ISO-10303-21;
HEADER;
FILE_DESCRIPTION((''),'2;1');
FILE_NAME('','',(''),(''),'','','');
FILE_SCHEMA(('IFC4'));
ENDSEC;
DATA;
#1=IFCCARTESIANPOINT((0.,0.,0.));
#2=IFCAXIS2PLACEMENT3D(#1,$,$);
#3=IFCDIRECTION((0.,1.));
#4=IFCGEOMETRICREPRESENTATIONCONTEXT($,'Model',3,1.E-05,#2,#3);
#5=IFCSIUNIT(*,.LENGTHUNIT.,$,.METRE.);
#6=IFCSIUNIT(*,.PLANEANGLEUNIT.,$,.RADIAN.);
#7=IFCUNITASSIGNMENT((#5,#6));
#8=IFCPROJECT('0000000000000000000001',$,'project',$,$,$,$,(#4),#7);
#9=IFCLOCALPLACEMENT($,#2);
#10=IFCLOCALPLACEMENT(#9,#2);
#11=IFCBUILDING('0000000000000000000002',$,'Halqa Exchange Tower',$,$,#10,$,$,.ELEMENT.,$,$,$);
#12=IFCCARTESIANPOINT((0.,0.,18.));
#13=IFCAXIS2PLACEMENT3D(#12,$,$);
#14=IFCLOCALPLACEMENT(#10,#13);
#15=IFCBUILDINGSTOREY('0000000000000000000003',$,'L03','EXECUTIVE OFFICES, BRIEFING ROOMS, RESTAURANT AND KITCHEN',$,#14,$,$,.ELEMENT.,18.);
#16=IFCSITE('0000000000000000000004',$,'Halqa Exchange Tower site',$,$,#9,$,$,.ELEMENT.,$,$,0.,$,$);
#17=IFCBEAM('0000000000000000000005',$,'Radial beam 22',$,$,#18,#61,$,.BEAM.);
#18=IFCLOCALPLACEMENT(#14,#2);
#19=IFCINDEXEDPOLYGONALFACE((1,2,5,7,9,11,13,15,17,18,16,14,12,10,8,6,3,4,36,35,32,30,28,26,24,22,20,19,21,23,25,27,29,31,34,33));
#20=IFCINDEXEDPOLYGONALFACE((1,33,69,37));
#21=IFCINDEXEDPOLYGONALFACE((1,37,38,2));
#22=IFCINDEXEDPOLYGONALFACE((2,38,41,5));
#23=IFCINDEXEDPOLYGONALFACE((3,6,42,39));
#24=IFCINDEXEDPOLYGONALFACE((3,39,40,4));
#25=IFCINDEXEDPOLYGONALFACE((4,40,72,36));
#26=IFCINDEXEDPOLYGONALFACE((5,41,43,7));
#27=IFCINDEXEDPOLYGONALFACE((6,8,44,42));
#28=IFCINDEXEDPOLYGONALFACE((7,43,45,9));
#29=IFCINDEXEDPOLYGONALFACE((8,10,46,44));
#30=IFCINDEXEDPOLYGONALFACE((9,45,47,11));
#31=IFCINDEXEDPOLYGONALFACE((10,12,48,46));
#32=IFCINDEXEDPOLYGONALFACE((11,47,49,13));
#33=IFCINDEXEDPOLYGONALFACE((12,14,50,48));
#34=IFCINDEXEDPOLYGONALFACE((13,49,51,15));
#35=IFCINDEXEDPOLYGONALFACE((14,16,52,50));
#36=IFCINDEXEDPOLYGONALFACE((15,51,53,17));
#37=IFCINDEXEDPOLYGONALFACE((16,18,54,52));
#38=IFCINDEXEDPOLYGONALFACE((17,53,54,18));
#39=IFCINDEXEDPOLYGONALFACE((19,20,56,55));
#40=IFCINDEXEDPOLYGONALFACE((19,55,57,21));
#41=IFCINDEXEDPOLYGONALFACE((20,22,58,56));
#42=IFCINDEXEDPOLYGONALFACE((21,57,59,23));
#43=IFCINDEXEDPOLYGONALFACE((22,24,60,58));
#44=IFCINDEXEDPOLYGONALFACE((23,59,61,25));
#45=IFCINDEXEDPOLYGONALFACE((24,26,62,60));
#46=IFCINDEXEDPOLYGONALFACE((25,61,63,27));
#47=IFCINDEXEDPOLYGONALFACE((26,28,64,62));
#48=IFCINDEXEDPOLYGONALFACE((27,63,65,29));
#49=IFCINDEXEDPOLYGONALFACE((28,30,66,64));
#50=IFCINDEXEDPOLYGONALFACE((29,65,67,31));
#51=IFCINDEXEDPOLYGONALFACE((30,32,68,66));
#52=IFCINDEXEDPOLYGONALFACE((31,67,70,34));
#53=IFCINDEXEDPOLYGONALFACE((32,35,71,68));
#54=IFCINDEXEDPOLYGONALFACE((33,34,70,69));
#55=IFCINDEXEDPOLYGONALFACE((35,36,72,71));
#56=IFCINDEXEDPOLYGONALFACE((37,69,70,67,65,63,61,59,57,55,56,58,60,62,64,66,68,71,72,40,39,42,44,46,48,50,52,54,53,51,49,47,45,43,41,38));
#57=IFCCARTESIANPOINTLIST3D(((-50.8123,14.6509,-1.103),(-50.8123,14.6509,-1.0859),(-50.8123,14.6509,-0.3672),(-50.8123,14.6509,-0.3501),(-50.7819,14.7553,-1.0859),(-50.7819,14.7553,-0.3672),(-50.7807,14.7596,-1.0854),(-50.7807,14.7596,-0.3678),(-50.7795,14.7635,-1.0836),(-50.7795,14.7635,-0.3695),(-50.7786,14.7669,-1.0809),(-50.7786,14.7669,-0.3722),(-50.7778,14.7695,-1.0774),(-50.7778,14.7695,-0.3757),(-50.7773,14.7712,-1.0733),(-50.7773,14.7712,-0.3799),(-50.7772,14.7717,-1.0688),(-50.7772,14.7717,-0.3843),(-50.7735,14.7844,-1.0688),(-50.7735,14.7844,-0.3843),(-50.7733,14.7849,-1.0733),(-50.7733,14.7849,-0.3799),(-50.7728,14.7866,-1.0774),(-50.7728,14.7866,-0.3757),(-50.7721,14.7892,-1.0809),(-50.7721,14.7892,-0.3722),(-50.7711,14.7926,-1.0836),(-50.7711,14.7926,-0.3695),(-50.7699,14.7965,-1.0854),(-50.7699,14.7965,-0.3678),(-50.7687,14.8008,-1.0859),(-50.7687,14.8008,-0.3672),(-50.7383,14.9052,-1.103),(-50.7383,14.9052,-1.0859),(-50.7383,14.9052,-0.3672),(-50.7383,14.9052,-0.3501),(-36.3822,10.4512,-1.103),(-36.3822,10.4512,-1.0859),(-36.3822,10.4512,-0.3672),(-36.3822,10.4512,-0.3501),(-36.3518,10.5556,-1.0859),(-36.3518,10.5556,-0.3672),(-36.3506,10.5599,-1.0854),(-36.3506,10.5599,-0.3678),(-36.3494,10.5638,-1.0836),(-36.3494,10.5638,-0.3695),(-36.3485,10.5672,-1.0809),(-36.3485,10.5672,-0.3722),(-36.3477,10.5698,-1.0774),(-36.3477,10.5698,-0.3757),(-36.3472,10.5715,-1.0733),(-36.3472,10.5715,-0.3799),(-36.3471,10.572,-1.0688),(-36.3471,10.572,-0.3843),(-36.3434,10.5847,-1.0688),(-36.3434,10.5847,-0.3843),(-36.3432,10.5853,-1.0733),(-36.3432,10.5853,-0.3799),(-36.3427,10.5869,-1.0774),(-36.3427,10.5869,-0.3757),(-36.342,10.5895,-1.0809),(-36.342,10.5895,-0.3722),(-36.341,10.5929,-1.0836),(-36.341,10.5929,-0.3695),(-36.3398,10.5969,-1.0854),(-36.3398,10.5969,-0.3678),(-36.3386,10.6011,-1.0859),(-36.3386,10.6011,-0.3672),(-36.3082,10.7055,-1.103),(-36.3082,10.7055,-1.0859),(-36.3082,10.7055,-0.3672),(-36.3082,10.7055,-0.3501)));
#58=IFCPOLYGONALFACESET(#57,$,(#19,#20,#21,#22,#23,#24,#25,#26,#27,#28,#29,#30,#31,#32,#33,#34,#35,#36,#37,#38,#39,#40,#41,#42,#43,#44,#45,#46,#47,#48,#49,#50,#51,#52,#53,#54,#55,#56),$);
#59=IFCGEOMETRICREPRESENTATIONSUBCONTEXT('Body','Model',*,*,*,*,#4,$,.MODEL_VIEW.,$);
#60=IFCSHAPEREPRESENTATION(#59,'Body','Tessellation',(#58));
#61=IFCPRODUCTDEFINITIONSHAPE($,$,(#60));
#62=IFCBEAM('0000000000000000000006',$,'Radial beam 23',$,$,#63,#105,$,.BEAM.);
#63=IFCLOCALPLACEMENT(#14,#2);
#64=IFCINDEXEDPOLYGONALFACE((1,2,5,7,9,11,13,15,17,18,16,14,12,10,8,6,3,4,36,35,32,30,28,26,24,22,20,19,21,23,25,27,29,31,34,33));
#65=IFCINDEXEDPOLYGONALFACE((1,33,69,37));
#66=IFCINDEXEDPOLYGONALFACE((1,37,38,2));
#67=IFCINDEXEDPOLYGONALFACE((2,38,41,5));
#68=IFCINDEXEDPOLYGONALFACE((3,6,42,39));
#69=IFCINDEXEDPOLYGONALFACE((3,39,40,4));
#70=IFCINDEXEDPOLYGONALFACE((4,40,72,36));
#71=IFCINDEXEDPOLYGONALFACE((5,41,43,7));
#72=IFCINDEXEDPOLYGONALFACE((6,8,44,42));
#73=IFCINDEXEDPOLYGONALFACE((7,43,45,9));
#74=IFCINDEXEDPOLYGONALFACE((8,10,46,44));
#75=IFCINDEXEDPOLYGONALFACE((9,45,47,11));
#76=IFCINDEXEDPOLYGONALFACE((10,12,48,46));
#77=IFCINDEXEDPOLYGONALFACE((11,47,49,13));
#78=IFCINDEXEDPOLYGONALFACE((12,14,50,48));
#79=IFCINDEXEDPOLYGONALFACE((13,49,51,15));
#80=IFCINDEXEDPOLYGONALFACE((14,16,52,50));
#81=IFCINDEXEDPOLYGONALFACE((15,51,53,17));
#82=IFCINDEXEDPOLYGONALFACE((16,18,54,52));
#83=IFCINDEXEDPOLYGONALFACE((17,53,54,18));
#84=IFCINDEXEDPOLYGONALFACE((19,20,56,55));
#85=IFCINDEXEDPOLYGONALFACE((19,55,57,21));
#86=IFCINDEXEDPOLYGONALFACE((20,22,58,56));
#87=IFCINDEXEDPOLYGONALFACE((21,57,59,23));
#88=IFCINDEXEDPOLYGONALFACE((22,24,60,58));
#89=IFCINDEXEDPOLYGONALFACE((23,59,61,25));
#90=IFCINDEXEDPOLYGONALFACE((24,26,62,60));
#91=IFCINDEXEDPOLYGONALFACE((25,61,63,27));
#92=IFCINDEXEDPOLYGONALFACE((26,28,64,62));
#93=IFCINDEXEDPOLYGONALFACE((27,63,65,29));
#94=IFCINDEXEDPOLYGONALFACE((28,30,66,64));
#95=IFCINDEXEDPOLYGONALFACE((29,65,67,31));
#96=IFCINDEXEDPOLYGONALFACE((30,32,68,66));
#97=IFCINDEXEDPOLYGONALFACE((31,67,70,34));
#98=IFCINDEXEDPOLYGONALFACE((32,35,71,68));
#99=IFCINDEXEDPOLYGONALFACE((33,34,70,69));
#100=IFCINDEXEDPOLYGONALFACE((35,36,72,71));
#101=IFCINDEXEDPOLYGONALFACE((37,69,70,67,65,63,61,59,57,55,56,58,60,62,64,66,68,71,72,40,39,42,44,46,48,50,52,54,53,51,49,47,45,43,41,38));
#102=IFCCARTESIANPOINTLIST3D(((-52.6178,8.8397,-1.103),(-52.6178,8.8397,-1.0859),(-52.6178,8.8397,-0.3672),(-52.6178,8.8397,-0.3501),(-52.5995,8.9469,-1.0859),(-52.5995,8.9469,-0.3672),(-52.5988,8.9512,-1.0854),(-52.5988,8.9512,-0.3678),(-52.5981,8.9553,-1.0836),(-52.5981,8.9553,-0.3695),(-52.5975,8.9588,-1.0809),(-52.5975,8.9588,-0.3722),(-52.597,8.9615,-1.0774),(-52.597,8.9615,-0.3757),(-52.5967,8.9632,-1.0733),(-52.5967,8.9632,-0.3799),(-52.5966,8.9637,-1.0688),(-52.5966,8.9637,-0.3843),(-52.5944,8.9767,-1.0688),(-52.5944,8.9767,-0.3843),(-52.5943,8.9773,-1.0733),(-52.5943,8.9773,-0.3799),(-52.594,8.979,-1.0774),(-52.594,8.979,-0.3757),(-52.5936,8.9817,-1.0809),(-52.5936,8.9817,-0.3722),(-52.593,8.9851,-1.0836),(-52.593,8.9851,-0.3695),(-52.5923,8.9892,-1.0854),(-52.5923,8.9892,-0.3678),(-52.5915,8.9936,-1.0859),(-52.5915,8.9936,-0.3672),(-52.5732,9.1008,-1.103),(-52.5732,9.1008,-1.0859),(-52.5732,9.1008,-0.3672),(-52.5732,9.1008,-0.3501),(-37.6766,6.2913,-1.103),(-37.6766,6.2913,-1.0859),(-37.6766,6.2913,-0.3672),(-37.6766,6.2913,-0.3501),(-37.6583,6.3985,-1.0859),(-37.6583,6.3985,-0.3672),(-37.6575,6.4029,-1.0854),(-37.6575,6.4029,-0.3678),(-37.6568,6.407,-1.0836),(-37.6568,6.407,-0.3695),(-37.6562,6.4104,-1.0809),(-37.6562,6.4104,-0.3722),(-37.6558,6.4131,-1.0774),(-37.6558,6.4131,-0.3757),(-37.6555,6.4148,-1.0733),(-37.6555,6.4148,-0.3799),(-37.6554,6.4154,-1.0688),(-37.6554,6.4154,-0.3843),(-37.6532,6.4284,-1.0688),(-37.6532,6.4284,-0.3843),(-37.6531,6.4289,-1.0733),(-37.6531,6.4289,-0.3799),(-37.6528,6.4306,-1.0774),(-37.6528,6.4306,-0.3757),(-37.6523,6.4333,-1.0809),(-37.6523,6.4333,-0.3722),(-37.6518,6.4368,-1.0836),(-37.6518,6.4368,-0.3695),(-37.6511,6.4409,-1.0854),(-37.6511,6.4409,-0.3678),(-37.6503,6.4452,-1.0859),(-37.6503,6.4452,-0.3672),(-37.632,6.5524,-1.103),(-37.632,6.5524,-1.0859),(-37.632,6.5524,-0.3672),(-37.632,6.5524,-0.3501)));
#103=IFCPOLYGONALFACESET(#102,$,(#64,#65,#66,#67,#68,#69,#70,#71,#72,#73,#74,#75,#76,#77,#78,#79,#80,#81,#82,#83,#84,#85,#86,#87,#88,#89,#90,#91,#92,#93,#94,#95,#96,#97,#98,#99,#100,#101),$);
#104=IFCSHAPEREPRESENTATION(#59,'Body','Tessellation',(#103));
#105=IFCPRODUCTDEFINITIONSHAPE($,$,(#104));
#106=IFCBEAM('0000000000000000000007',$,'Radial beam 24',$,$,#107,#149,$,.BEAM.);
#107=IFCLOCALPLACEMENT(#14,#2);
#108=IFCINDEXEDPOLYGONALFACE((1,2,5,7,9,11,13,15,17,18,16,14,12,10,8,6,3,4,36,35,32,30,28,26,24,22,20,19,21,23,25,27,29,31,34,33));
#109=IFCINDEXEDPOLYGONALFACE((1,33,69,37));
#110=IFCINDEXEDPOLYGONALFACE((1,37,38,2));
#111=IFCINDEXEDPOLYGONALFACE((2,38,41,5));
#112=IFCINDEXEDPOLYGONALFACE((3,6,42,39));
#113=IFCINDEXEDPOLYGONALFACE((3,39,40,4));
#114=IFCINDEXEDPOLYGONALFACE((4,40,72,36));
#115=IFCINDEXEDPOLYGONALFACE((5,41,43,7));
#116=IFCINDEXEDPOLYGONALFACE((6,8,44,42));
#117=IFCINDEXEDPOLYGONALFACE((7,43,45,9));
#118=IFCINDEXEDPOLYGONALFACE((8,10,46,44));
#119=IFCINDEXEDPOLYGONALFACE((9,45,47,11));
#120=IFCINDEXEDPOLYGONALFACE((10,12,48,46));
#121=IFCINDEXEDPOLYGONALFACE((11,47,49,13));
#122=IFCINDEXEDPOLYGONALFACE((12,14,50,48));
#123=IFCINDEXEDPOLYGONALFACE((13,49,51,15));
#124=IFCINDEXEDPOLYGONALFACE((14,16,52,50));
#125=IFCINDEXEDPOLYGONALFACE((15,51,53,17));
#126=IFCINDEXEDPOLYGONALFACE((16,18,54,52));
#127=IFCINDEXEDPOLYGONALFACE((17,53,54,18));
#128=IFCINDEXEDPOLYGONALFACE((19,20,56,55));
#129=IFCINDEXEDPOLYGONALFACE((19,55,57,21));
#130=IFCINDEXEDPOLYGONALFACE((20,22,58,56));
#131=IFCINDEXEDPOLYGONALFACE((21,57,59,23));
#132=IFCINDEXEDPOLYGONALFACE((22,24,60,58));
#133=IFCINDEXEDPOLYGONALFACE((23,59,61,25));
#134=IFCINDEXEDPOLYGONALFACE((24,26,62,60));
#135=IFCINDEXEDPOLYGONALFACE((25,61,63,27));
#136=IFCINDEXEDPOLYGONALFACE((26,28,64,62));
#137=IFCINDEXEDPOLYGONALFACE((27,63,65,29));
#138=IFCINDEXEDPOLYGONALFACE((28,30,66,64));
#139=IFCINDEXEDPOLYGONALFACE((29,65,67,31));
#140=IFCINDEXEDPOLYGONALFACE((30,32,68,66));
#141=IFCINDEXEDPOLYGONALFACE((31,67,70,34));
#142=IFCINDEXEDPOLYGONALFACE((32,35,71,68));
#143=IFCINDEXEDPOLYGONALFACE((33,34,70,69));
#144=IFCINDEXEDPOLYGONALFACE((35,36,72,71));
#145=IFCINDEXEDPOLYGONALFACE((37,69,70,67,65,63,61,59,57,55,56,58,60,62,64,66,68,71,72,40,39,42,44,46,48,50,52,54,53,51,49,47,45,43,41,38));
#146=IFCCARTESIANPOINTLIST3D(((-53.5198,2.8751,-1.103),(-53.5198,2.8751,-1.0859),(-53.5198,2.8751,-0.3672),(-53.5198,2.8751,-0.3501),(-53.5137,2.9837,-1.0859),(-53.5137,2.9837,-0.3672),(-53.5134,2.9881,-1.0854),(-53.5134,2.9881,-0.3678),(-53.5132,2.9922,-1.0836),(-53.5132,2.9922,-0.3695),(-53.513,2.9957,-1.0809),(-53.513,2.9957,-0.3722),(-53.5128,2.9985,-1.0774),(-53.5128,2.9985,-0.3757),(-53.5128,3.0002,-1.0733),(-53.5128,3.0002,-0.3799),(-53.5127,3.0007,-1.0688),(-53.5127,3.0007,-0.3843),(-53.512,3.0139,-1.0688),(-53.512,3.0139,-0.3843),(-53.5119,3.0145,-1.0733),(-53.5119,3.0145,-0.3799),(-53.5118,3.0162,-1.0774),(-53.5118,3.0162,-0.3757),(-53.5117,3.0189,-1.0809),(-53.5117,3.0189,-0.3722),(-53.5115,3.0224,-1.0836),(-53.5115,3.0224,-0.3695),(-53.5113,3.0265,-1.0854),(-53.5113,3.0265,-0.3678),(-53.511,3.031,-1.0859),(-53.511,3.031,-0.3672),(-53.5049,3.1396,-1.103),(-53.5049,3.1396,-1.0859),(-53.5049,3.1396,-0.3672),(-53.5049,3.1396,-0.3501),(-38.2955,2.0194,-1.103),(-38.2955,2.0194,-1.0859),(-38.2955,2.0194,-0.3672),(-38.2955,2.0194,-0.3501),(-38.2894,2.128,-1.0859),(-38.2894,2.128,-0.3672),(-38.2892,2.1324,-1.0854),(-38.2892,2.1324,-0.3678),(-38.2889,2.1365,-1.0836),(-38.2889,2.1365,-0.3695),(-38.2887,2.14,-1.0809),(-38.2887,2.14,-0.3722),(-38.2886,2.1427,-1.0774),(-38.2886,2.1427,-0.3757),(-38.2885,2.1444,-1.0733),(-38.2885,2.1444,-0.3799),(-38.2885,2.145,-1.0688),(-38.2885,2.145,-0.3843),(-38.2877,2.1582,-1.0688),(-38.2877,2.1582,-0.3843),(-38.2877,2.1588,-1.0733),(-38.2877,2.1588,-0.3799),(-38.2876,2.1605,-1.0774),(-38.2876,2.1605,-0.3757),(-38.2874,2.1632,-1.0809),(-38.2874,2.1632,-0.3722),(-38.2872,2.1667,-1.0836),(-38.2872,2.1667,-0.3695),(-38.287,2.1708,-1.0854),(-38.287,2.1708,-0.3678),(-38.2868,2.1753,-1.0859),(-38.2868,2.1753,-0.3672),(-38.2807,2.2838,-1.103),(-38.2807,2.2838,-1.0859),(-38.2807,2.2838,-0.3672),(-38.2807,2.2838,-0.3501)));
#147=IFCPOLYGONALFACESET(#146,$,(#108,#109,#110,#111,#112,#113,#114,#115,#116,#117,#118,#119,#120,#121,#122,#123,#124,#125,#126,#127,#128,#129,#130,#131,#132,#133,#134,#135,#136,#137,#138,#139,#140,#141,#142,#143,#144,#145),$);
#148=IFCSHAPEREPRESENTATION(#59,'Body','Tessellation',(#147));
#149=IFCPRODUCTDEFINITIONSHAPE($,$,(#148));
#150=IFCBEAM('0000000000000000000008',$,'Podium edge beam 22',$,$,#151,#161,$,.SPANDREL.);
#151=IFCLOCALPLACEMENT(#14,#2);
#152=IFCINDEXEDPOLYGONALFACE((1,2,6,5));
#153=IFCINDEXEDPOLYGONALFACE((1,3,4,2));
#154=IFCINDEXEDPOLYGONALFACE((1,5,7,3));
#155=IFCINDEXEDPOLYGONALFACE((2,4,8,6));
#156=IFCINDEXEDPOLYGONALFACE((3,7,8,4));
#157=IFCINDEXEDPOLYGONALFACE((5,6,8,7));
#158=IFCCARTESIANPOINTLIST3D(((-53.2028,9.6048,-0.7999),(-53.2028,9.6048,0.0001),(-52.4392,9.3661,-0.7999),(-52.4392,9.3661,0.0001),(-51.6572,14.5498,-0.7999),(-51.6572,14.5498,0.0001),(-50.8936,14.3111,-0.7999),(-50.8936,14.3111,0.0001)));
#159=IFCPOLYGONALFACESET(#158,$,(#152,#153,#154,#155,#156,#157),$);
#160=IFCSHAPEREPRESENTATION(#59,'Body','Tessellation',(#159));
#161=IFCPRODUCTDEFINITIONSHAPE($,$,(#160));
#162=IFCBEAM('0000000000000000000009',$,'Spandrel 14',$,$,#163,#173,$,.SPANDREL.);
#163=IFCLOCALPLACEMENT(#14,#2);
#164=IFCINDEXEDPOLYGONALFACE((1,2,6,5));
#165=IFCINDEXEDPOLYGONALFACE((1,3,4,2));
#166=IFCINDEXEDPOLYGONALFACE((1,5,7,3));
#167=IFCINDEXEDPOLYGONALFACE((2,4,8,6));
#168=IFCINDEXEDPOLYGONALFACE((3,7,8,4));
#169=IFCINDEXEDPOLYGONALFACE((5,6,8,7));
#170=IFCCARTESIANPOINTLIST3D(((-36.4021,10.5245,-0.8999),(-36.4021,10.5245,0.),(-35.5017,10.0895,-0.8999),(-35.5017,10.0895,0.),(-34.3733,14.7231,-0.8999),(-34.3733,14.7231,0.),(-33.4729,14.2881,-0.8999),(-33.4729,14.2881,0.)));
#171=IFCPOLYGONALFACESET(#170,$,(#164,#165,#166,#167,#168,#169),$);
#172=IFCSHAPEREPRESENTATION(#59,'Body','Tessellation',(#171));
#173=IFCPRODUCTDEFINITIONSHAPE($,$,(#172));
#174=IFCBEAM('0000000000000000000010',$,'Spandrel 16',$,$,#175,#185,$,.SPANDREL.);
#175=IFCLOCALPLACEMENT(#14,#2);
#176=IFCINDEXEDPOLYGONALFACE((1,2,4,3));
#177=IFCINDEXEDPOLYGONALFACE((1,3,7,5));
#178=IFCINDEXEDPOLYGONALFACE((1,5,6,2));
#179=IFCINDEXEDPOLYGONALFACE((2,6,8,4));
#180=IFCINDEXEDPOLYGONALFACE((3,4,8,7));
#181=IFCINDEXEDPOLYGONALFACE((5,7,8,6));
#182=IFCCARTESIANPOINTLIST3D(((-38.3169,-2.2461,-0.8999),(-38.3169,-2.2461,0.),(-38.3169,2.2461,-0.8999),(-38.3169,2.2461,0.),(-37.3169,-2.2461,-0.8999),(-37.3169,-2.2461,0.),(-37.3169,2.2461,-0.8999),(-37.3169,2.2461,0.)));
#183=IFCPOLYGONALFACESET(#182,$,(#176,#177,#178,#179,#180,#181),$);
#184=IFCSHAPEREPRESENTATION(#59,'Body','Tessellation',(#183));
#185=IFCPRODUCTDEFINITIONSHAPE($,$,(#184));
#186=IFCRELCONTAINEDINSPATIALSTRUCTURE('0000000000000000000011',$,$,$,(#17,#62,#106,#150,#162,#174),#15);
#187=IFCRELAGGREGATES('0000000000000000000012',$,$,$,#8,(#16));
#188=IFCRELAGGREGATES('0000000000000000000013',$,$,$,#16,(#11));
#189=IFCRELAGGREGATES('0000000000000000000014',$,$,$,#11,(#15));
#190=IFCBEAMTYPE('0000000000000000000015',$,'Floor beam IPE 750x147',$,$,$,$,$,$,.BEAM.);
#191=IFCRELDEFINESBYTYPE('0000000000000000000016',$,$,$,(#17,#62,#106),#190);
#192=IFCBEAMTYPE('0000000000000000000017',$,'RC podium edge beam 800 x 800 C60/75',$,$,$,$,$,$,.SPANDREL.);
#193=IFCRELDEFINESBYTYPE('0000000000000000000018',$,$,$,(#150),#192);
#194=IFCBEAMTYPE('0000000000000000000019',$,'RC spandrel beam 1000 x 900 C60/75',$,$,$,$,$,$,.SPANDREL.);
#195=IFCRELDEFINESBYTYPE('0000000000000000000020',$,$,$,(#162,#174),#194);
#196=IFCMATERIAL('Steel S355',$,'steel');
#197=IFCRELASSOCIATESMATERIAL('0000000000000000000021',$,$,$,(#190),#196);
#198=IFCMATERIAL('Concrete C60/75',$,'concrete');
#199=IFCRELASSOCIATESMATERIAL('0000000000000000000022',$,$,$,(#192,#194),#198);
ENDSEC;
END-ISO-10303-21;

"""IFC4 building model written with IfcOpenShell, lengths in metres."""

from ifc_helpers import new_model, si_unit, direction, frame, origin, origin_2d, place, context, subcontext, project, spatial, rectangle, i_section, extrude, material, material_profile, profile_set, type_object, element, save


model = new_model("IFC4")

# Units and contexts
model_context = context("Model", 3, precision=1e-05, world=origin(), true_north=direction((0.0, 1.0)))
body_context = subcontext(model_context, "Body", "Model", "MODEL_VIEW")
ifc_project = project(units=[si_unit("LENGTHUNIT", "METRE"), si_unit("PLANEANGLEUNIT", "RADIAN")], contexts=[model_context])

# Site, building, storey
site_placement = place(None, origin())
site = spatial("IfcSite", under=ifc_project, at=site_placement, Name="Halqa Exchange Tower site", CompositionType="ELEMENT", RefElevation=0.0)
building_placement = place(site_placement, origin())
building = spatial("IfcBuilding", under=site, at=building_placement, Name="Halqa Exchange Tower", CompositionType="ELEMENT")
storey_placement = place(building_placement, frame((0.0, 0.0, 18.0)))
storey = spatial("IfcBuildingStorey", under=building, at=storey_placement, Name="L03", Description="EXECUTIVE OFFICES, BRIEFING ROOMS, RESTAURANT AND KITCHEN", CompositionType="ELEMENT", Elevation=18.0)

# Shared definitions
ifc_material_1 = material(Name="Concrete C60/75", Category="concrete")

# Beams
ifc_material_2 = material(Name="Steel S355", Category="steel")
ifc_material_profile_1 = material_profile(ifc_material_2, i_section(OverallWidth=0.2649, OverallDepth=0.7529, WebThickness=0.0132, FlangeThickness=0.0171, FilletRadius=0.0171, at=origin_2d()), Name="IPE 750x147")
ifc_profile_set_1 = profile_set([ifc_material_profile_1], Name="Steel S355")
beam_type_1 = type_object("IfcBeamType", Name="Floor beam IPE 750x147", PredefinedType="BEAM", material=ifc_profile_set_1)
beam_1_placement = place(storey_placement, frame((-36.3452, 10.5784, -0.7266), z_axis=(-0.960162, 0.279442, 0.0), x_axis=(-0.279442, -0.960162, 0.0)))
element("IfcBeam", 1, at=beam_1_placement, inside=storey, type_object=beam_type_1, Name="Radial beam 22", PredefinedType="BEAM", context=body_context, shape_type="SweptSolid", body=[
    extrude(i_section(OverallWidth=0.2649, OverallDepth=0.7529, WebThickness=0.0132, FlangeThickness=0.0171, FilletRadius=0.0171, at=origin_2d()), origin(), (0.0, 0.0, 1.0), 15.0288),
])
beam_2_placement = place(storey_placement, frame((-37.6543, 6.4219, -0.7266), z_axis=(-0.985765, 0.16813, 0.0), x_axis=(-0.16813, -0.985765, 0.0)))
element("IfcBeam", 2, at=beam_2_placement, inside=storey, type_object=beam_type_1, Name="Radial beam 23", PredefinedType="BEAM", context=body_context, shape_type="SweptSolid", body=[
    extrude(i_section(OverallWidth=0.2649, OverallDepth=0.7529, WebThickness=0.0132, FlangeThickness=0.0171, FilletRadius=0.0171, at=origin_2d()), origin(), (0.0, 0.0, 1.0), 15.157),
])
beam_3_placement = place(storey_placement, frame((-38.2881, 2.1516, -0.7266), z_axis=(-0.998424, 0.056118, 0.0), x_axis=(-0.056118, -0.998424, 0.0)))
element("IfcBeam", 3, at=beam_3_placement, inside=storey, type_object=beam_type_1, Name="Radial beam 24", PredefinedType="BEAM", context=body_context, shape_type="SweptSolid", body=[
    extrude(i_section(OverallWidth=0.2649, OverallDepth=0.7529, WebThickness=0.0132, FlangeThickness=0.0171, FilletRadius=0.0171, at=origin_2d()), origin(), (0.0, 0.0, 1.0), 15.2483),
])
ifc_material_profile_2 = material_profile(ifc_material_1, rectangle(XDim=0.8, YDim=0.8, at=origin_2d()), Name="800 x 800")
ifc_profile_set_2 = profile_set([ifc_material_profile_2], Name="Concrete C60/75")
beam_type_2 = type_object("IfcBeamType", Name="RC podium edge beam 800 x 800 C60/75", PredefinedType="SPANDREL", material=ifc_profile_set_2)
beam_4_placement = place(storey_placement, frame((-51.2754, 14.4304, -0.3999), z_axis=(-0.298331, -0.954462, 0.0), x_axis=(0.954462, -0.298331, 0.0)))
element("IfcBeam", 4, at=beam_4_placement, inside=storey, type_object=beam_type_2, Name="Podium edge beam 22", PredefinedType="SPANDREL", context=body_context, shape_type="SweptSolid", body=[
    extrude(rectangle(XDim=0.8, YDim=0.8, at=origin_2d()), origin(), (0.0, 0.0, 1.0), 5.1809),
])
ifc_material_profile_3 = material_profile(ifc_material_1, rectangle(XDim=1.0, YDim=0.8999, at=origin_2d()), Name="1000 x 900")
ifc_profile_set_3 = profile_set([ifc_material_profile_3], Name="Concrete C60/75")
beam_type_3 = type_object("IfcBeamType", Name="RC spandrel beam 1000 x 900 C60/75", PredefinedType="SPANDREL", material=ifc_profile_set_3)
beam_5_placement = place(storey_placement, frame((-33.9231, 14.5056, -0.45), z_axis=(-0.435068, -0.900397, 0.0), x_axis=(0.900397, -0.435068, 0.0)))
element("IfcBeam", 5, at=beam_5_placement, inside=storey, type_object=beam_type_3, Name="Spandrel 14", PredefinedType="SPANDREL", context=body_context, shape_type="SweptSolid", body=[
    extrude(rectangle(XDim=1.0, YDim=0.8999, at=origin_2d()), origin(), (0.0, 0.0, 1.0), 4.6631),
])
beam_6_placement = place(storey_placement, frame((-37.8169, 2.2461, -0.45), z_axis=(0.0, -1.0, 0.0), x_axis=(1.0, 0.0, 0.0)))
element("IfcBeam", 6, at=beam_6_placement, inside=storey, type_object=beam_type_3, Name="Spandrel 16", PredefinedType="SPANDREL", context=body_context, shape_type="SweptSolid", body=[
    extrude(rectangle(XDim=1.0, YDim=0.8999, at=origin_2d()), origin(), (0.0, 0.0, 1.0), 4.4922),
])

save(model, "model.ifc")
